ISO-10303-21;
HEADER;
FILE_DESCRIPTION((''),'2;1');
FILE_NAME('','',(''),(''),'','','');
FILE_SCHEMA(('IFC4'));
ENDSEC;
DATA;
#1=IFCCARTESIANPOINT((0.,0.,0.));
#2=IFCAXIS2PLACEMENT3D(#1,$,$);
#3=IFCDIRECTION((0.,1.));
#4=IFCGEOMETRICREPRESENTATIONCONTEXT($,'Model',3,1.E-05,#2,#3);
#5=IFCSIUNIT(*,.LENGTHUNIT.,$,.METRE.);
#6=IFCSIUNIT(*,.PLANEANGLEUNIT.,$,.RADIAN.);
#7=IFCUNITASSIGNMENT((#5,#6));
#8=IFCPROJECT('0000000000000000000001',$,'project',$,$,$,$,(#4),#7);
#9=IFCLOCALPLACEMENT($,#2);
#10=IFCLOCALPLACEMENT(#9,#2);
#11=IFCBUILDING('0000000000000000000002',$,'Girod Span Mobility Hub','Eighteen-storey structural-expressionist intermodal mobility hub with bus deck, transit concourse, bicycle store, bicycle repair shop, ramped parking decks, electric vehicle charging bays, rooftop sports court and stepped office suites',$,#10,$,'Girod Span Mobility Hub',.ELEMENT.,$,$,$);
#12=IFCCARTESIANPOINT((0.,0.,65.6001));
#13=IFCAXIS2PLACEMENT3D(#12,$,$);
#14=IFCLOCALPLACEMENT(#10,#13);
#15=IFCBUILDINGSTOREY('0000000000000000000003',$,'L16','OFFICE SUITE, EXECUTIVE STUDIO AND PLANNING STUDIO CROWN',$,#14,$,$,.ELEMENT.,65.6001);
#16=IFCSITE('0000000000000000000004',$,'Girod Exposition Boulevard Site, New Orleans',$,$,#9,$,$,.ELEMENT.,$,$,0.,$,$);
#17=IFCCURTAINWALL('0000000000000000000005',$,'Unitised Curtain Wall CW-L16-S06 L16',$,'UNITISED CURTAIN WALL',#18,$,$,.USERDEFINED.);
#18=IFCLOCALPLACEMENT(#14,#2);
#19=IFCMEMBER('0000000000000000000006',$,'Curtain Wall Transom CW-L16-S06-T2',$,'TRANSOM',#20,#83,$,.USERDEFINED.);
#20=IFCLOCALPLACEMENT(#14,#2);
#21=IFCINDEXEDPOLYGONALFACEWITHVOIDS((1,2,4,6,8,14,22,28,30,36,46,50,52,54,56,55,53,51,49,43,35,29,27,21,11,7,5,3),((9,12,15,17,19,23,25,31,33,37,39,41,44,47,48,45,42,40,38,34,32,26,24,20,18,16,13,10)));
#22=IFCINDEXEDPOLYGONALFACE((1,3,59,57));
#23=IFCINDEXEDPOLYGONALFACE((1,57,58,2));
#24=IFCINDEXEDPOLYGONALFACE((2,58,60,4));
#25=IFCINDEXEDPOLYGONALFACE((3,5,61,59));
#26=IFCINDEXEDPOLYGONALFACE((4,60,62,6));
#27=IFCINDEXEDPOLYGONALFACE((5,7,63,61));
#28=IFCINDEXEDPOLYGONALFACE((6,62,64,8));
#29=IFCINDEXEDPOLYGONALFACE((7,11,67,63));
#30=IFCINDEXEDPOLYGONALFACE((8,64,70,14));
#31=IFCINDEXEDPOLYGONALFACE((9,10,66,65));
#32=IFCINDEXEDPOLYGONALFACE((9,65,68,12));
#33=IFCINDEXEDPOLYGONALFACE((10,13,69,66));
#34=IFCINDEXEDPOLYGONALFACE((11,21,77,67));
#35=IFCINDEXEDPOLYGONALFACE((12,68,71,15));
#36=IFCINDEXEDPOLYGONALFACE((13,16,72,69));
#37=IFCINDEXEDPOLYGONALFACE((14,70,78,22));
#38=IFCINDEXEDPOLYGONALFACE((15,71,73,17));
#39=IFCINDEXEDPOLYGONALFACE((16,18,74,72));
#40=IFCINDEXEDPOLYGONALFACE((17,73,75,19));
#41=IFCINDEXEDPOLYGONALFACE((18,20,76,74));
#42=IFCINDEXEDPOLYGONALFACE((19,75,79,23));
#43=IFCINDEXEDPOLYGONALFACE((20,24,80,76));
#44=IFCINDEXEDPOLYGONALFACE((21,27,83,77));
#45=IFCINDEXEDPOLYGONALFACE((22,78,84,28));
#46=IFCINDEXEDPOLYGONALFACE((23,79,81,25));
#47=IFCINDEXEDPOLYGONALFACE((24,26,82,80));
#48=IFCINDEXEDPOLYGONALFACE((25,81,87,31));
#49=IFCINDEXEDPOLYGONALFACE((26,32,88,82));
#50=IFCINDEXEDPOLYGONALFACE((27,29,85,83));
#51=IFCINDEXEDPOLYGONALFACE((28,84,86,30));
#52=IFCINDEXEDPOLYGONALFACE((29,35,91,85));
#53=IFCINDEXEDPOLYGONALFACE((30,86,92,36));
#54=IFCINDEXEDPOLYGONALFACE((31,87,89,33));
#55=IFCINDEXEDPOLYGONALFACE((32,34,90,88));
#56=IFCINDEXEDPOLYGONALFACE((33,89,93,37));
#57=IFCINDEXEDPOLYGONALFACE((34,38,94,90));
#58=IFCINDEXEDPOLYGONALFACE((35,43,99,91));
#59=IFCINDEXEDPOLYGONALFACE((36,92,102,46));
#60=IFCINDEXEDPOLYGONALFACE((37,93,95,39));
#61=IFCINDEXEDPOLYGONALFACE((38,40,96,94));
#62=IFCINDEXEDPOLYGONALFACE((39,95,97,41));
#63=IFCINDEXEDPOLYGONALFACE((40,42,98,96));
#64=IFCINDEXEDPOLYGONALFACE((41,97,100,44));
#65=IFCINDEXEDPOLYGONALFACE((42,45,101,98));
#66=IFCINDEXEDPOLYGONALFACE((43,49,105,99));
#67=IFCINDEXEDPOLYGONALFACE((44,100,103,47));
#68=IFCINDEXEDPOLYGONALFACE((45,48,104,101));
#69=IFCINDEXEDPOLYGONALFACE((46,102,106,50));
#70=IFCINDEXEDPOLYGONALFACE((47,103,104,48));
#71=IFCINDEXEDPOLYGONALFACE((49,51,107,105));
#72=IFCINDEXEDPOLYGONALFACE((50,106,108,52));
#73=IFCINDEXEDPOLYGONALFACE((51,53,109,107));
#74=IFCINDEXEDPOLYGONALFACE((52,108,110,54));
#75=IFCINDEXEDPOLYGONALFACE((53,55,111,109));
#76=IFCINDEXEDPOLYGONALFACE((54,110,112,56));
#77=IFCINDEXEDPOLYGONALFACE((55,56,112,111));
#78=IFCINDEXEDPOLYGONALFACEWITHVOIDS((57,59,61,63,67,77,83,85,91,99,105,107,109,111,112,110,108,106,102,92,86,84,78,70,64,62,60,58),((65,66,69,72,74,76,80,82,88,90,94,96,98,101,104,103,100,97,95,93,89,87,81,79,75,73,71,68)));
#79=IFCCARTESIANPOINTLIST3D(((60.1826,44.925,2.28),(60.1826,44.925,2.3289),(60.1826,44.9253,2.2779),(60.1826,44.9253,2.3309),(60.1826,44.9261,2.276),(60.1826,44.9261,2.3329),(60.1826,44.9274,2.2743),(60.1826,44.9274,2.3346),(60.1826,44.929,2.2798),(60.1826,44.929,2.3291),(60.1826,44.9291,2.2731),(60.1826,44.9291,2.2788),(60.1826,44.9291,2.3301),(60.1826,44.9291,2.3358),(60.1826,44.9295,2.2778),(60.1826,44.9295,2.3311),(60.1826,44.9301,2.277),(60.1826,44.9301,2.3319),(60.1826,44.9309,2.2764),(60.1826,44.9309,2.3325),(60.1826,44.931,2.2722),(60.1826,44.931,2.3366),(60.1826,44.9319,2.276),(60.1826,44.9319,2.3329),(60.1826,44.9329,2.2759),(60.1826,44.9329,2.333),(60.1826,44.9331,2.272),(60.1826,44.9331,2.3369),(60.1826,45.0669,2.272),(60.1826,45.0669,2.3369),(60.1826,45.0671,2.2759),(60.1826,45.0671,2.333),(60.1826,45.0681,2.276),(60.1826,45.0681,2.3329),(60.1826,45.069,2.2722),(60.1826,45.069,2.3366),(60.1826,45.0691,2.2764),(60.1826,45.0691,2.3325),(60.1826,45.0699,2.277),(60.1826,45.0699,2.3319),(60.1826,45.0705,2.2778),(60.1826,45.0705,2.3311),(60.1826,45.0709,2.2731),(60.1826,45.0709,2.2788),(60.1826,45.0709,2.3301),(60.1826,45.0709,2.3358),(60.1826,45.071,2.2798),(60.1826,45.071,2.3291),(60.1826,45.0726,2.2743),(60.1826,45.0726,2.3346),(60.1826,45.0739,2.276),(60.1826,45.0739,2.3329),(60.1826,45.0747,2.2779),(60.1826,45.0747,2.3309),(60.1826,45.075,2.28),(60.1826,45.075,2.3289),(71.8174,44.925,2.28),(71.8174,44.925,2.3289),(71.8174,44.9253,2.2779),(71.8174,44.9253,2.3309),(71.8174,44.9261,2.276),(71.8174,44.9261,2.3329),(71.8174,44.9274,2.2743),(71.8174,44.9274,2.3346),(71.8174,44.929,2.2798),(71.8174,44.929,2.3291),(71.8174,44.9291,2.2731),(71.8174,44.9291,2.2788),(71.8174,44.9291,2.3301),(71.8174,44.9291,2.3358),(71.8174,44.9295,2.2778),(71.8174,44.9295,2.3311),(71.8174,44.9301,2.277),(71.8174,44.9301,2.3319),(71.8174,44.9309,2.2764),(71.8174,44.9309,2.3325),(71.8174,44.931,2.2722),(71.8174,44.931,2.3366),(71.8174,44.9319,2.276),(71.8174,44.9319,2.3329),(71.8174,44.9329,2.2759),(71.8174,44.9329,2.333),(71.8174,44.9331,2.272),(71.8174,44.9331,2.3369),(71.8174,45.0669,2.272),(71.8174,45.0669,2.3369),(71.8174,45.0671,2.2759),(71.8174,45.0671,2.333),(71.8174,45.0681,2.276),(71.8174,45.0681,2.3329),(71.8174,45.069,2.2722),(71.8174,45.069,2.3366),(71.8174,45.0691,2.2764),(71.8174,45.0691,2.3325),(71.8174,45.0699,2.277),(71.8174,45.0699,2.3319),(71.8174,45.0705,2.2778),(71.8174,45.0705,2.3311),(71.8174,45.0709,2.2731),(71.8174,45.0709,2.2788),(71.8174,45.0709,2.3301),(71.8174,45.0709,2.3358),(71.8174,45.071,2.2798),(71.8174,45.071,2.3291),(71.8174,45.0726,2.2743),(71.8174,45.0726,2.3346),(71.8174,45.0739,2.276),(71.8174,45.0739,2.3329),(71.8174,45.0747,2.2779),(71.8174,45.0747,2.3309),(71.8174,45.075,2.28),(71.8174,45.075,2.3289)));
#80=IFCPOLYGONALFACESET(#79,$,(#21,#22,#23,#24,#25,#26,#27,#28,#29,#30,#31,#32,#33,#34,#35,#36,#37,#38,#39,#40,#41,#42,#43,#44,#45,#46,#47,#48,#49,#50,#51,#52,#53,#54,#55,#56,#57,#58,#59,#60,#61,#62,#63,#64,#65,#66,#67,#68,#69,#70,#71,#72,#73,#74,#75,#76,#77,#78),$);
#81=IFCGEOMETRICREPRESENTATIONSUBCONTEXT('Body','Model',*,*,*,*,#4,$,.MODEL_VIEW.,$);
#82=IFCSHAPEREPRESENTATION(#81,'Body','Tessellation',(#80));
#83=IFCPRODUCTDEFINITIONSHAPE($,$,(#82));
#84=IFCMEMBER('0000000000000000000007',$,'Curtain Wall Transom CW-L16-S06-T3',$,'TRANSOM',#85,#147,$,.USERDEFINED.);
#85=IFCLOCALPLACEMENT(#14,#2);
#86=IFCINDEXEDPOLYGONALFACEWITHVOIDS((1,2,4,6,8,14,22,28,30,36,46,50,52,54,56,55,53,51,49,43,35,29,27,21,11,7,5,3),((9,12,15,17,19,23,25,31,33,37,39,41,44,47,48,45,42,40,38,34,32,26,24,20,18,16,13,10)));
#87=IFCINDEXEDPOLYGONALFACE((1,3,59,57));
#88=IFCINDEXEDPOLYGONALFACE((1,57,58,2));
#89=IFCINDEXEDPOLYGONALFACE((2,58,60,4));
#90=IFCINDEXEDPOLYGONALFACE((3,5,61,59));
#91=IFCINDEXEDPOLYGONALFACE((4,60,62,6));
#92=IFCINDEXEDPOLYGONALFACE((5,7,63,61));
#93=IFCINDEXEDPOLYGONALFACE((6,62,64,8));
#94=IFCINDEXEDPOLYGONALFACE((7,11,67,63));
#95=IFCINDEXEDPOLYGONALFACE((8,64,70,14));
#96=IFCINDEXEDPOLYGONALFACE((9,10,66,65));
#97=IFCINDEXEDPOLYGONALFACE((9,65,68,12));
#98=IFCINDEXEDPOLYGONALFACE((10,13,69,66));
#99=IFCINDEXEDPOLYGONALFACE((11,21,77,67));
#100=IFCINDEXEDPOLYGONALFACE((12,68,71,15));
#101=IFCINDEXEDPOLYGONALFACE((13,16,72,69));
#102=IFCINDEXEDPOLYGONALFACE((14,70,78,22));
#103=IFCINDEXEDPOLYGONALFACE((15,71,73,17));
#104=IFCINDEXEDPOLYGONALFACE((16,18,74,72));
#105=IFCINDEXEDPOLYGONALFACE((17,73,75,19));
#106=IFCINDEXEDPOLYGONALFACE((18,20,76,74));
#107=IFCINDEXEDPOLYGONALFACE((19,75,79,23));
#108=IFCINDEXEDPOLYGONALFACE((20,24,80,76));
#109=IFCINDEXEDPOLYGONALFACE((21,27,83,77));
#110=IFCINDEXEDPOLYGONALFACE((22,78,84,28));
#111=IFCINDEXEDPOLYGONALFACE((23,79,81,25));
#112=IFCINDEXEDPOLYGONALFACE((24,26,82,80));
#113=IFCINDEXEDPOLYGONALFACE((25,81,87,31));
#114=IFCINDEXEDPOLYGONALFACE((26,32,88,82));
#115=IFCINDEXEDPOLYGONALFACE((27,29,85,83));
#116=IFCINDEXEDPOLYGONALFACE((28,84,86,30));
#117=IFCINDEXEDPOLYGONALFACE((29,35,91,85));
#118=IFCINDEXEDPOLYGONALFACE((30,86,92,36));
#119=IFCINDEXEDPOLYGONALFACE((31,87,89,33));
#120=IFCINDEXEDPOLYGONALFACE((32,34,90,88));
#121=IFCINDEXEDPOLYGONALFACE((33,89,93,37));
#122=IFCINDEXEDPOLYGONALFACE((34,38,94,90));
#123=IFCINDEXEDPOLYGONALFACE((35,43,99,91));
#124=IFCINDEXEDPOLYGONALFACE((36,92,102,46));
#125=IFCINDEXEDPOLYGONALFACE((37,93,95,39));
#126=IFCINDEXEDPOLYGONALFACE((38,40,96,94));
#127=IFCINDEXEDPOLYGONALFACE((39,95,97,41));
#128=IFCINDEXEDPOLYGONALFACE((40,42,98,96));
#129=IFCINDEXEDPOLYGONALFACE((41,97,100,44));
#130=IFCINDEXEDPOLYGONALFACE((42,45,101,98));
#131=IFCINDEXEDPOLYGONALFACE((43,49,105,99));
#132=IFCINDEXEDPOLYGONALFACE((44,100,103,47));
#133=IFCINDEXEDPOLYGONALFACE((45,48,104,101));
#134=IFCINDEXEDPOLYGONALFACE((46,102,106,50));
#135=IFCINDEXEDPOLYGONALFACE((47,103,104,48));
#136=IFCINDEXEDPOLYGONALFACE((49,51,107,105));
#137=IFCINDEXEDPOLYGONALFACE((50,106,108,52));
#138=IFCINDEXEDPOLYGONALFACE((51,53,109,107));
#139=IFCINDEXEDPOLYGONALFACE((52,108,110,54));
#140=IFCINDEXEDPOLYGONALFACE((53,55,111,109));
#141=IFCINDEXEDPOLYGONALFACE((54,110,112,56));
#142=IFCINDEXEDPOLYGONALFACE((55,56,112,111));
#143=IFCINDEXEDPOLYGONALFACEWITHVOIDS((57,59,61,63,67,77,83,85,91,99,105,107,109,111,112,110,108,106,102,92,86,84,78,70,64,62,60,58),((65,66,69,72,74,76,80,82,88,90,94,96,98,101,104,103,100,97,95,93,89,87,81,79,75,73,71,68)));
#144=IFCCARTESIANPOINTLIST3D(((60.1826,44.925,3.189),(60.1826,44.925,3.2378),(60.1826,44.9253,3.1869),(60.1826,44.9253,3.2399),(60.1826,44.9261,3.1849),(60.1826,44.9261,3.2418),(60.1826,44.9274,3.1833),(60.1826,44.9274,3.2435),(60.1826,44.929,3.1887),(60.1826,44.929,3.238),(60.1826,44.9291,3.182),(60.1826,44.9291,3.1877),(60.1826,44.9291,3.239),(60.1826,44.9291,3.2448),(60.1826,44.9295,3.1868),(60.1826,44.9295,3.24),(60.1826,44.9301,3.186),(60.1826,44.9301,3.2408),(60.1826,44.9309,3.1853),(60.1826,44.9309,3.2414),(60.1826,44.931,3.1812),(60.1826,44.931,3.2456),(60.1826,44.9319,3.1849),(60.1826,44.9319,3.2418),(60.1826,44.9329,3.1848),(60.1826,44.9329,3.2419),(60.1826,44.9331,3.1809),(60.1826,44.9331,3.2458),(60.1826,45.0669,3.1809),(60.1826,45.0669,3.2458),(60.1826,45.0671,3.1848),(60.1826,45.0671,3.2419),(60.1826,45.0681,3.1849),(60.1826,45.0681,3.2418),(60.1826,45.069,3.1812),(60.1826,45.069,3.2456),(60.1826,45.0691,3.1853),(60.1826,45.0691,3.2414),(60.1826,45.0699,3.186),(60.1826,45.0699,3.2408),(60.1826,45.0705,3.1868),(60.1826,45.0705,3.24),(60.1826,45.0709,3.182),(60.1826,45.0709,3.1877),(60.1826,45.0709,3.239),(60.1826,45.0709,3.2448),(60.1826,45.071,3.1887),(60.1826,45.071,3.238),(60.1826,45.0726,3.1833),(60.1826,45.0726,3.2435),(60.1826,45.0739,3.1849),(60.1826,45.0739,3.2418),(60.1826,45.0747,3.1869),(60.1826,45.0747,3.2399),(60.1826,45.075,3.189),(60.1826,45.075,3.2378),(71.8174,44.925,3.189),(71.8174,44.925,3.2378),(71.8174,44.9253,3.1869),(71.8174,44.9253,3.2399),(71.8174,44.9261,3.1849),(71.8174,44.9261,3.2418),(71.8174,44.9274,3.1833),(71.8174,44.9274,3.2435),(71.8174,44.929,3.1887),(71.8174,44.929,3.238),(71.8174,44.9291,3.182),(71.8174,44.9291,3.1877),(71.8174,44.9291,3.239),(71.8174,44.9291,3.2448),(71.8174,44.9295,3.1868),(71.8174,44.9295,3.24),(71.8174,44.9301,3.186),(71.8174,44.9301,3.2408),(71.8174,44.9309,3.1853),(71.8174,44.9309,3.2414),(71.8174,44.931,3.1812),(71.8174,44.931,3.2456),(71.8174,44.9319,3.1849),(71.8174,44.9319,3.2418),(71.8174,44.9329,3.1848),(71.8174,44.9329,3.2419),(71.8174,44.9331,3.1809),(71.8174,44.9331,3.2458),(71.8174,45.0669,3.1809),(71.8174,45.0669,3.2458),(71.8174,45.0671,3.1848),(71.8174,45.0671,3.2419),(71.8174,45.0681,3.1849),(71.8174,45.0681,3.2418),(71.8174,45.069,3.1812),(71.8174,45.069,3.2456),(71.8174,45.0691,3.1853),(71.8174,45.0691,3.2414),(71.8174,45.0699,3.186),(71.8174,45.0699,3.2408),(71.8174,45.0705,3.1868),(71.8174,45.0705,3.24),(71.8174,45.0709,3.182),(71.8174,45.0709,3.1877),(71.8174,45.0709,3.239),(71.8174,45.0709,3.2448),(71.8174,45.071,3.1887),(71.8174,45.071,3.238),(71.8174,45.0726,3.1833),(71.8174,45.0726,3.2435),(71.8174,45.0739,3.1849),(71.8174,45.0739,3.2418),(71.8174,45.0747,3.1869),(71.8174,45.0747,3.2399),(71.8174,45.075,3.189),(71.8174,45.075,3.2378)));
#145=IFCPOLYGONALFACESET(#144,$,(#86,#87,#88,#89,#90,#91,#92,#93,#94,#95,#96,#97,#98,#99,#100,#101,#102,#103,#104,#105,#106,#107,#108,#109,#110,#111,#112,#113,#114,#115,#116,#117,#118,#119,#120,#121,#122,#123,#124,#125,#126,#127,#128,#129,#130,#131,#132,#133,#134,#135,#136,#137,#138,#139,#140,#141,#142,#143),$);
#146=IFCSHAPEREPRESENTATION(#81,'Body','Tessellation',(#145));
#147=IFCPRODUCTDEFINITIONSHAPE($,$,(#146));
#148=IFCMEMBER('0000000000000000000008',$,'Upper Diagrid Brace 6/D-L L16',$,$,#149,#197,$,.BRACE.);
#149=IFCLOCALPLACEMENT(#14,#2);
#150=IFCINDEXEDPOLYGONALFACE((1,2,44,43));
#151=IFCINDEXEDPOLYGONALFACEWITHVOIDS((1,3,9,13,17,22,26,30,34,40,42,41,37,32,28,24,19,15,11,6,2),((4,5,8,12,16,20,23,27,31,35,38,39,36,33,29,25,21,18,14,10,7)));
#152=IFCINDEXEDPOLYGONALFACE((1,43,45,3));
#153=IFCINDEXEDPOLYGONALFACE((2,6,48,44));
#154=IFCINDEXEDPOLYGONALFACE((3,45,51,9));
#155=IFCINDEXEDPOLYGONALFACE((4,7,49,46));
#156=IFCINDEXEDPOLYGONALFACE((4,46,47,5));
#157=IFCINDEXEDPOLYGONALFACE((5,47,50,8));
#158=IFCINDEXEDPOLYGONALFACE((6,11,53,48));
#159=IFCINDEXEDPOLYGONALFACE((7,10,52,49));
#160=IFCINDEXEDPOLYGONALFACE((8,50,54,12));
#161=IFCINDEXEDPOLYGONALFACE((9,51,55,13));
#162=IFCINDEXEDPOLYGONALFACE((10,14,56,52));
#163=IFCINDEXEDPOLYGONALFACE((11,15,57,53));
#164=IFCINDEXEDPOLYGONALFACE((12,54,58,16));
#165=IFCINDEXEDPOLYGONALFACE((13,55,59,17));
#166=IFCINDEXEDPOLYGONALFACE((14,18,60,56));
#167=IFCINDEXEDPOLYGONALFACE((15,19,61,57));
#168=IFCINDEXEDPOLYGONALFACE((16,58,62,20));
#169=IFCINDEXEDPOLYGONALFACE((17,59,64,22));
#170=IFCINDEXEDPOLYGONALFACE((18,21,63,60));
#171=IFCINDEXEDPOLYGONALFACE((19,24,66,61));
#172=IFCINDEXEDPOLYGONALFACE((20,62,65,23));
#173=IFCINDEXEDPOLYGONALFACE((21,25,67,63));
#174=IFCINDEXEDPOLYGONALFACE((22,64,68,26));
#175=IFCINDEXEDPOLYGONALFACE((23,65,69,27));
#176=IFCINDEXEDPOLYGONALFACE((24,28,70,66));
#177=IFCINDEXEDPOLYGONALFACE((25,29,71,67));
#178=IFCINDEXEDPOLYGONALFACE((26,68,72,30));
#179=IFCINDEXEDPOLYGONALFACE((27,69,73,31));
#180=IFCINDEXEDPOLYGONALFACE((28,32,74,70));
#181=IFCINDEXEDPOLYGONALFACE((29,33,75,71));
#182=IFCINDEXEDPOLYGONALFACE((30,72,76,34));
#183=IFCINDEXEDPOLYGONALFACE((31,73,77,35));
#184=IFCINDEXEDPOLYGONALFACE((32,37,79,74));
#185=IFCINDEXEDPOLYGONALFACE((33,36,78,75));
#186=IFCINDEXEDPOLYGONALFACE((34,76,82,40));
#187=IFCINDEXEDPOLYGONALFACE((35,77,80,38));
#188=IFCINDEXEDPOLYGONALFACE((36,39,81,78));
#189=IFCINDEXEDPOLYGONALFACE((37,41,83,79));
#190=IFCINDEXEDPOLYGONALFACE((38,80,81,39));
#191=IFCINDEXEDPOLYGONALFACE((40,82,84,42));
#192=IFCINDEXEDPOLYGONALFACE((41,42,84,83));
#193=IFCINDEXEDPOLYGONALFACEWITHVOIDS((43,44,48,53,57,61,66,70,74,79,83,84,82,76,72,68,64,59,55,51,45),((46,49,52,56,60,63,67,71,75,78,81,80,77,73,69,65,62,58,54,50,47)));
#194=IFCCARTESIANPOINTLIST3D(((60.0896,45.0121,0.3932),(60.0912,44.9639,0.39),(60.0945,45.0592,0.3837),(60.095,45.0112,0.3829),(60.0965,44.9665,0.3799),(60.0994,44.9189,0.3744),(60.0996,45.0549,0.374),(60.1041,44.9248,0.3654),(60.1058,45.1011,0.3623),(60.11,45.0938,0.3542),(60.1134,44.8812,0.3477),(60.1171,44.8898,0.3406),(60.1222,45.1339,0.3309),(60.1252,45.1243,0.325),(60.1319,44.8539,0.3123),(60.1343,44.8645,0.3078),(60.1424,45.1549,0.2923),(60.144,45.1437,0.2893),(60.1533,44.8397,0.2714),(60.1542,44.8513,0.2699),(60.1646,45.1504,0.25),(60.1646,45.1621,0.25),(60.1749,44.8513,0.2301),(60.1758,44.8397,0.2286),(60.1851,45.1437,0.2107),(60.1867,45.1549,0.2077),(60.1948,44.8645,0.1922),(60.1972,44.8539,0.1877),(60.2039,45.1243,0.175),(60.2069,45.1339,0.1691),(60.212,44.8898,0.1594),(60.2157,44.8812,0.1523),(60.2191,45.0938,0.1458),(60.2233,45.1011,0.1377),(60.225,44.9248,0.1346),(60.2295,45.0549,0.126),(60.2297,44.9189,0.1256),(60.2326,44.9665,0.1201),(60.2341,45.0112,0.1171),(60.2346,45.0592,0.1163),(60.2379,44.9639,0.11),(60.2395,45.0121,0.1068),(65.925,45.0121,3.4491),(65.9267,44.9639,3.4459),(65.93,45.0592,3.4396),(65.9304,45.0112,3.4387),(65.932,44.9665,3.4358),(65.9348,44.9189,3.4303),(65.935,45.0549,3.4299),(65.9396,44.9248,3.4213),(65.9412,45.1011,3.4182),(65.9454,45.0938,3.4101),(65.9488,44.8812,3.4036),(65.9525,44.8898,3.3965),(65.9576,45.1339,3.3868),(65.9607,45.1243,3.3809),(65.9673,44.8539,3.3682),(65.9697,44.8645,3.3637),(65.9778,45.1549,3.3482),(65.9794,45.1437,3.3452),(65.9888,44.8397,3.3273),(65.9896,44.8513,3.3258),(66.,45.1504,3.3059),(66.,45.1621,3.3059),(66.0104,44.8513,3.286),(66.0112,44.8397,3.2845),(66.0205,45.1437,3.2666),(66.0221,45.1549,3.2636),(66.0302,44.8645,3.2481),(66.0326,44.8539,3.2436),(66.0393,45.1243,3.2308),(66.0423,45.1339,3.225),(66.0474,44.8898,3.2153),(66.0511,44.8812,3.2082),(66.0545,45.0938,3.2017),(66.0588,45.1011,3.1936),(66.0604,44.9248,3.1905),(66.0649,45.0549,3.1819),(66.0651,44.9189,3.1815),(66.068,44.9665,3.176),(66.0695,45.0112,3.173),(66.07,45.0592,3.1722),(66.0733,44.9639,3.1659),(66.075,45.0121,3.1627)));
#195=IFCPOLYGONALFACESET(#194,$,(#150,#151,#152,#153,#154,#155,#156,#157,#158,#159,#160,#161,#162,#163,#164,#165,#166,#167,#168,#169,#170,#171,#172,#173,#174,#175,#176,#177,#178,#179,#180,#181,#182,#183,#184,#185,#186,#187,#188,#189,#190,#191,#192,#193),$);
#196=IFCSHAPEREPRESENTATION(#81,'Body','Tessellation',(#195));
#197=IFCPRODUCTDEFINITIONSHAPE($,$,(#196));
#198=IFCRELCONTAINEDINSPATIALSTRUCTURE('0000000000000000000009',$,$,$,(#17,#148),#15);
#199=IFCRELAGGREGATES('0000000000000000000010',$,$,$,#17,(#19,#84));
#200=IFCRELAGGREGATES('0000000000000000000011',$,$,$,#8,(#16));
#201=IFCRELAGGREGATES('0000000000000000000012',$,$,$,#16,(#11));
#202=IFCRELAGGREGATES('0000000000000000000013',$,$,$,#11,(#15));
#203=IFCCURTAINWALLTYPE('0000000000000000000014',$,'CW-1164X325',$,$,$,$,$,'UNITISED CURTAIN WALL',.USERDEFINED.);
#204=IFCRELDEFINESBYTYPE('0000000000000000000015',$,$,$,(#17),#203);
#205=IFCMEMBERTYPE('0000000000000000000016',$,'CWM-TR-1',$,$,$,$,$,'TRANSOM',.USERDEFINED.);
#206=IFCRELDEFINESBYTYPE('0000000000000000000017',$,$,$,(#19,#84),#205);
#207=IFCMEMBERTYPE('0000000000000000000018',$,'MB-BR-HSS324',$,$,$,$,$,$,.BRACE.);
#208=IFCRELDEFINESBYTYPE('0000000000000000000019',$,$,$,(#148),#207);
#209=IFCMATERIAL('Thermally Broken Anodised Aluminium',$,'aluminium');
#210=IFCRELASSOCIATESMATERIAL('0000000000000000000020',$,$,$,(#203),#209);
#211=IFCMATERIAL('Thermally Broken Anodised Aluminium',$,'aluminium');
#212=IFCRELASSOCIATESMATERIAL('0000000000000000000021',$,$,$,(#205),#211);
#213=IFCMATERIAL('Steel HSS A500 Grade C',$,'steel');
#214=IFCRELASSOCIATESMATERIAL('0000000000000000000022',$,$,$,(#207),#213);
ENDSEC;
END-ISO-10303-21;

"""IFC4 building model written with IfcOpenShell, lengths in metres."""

from ifc_helpers import new_model, si_unit, direction, frame, origin, origin_2d, place, context, subcontext, project, spatial, hollow_rectangle, hollow_circle, extrude, material, material_profile, profile_set, type_object, element, aggregate, save


model = new_model("IFC4")

# Units and contexts
model_context = context("Model", 3, precision=1e-05, world=origin(), true_north=direction((0.0, 1.0)))
body_context = subcontext(model_context, "Body", "Model", "MODEL_VIEW")
ifc_project = project(units=[si_unit("LENGTHUNIT", "METRE"), si_unit("PLANEANGLEUNIT", "RADIAN")], contexts=[model_context])

# Site, building, storey
site_placement = place(None, origin())
site = spatial("IfcSite", under=ifc_project, at=site_placement, Name="Girod Exposition Boulevard Site, New Orleans", CompositionType="ELEMENT", RefElevation=0.0)
building_placement = place(site_placement, origin())
building = spatial("IfcBuilding", under=site, at=building_placement, Name="Girod Span Mobility Hub", Description="Eighteen-storey structural-expressionist intermodal mobility hub with bus deck, transit concourse, bicycle store, bicycle repair shop, ramped parking decks, electric vehicle charging bays, rooftop sports court and stepped office suites", LongName="Girod Span Mobility Hub", CompositionType="ELEMENT")
storey_placement = place(building_placement, frame((0.0, 0.0, 65.6001)))
storey = spatial("IfcBuildingStorey", under=building, at=storey_placement, Name="L16", Description="OFFICE SUITE, EXECUTIVE STUDIO AND PLANNING STUDIO CROWN", CompositionType="ELEMENT", Elevation=65.6001)

# Curtain wall, members
ifc_material_1 = material(Name="Thermally Broken Anodised Aluminium", Category="aluminium")
curtain_wall_type = type_object("IfcCurtainWallType", Name="CW-1164X325", ElementType="UNITISED CURTAIN WALL", PredefinedType="USERDEFINED", material=ifc_material_1)
curtain_wall_placement = place(storey_placement, origin())
curtain_wall = element("IfcCurtainWall", 1, at=curtain_wall_placement, inside=storey, type_object=curtain_wall_type, Name="Unitised Curtain Wall CW-L16-S06 L16", ObjectType="UNITISED CURTAIN WALL", PredefinedType="USERDEFINED")
ifc_material_2 = material(Name="Thermally Broken Anodised Aluminium", Category="aluminium")
ifc_material_profile_1 = material_profile(ifc_material_2, hollow_rectangle(XDim=0.1499, YDim=0.0649, WallThickness=0.0039, InnerFilletRadius=0.0039, OuterFilletRadius=0.0081, at=origin_2d()), Name="CW-TR-65X150")
ifc_profile_set_1 = profile_set([ifc_material_profile_1], Name="Thermally Broken Anodised Aluminium")
member_type_1 = type_object("IfcMemberType", Name="CWM-TR-1", ElementType="TRANSOM", PredefinedType="USERDEFINED", material=ifc_profile_set_1)
member_1_placement = place(storey_placement, frame((60.1826, 45.0, 2.3044), z_axis=(1.0, 0.0, 0.0), x_axis=(0.0, 1.0, 0.0)))
member_1 = element("IfcMember", 2, at=member_1_placement, type_object=member_type_1, Name="Curtain Wall Transom CW-L16-S06-T2", ObjectType="TRANSOM", PredefinedType="USERDEFINED", context=body_context, shape_type="SweptSolid", body=[
    extrude(hollow_rectangle(XDim=0.1499, YDim=0.0649, WallThickness=0.0039, InnerFilletRadius=0.0039, OuterFilletRadius=0.0081, at=origin_2d()), origin(), (0.0, 0.0, 1.0), 11.6348),
])
member_2_placement = place(storey_placement, frame((60.1826, 45.0, 3.2134), z_axis=(1.0, 0.0, 0.0), x_axis=(0.0, 1.0, 0.0)))
member_2 = element("IfcMember", 3, at=member_2_placement, type_object=member_type_1, Name="Curtain Wall Transom CW-L16-S06-T3", ObjectType="TRANSOM", PredefinedType="USERDEFINED", context=body_context, shape_type="SweptSolid", body=[
    extrude(hollow_rectangle(XDim=0.1499, YDim=0.0649, WallThickness=0.0039, InnerFilletRadius=0.0039, OuterFilletRadius=0.0081, at=origin_2d()), origin(), (0.0, 0.0, 1.0), 11.6348),
])

# Member
ifc_material_3 = material(Name="Steel HSS A500 Grade C", Category="steel")
ifc_material_profile_2 = material_profile(ifc_material_3, hollow_circle(Radius=0.1621, WallThickness=0.0117, at=origin_2d()), Name="HSS324X12.7")
ifc_profile_set_2 = profile_set([ifc_material_profile_2], Name="Steel HSS A500 Grade C")
member_type_2 = type_object("IfcMemberType", Name="MB-BR-HSS324", PredefinedType="BRACE", material=ifc_profile_set_2)
member_3_placement = place(storey_placement, frame((60.1646, 45.0, 0.25), z_axis=(0.885879, 0.0, 0.463917), x_axis=(0.0, 1.0, 0.0)))
element("IfcMember", 4, at=member_3_placement, inside=storey, type_object=member_type_2, Name="Upper Diagrid Brace 6/D-L L16", PredefinedType="BRACE", context=body_context, shape_type="SweptSolid", body=[
    extrude(hollow_circle(Radius=0.1621, WallThickness=0.0117, at=origin_2d()), origin(), (0.0, 0.0, 1.0), 6.5872),
])

aggregate(curtain_wall, [member_1, member_2])

save(model, "model.ifc")
